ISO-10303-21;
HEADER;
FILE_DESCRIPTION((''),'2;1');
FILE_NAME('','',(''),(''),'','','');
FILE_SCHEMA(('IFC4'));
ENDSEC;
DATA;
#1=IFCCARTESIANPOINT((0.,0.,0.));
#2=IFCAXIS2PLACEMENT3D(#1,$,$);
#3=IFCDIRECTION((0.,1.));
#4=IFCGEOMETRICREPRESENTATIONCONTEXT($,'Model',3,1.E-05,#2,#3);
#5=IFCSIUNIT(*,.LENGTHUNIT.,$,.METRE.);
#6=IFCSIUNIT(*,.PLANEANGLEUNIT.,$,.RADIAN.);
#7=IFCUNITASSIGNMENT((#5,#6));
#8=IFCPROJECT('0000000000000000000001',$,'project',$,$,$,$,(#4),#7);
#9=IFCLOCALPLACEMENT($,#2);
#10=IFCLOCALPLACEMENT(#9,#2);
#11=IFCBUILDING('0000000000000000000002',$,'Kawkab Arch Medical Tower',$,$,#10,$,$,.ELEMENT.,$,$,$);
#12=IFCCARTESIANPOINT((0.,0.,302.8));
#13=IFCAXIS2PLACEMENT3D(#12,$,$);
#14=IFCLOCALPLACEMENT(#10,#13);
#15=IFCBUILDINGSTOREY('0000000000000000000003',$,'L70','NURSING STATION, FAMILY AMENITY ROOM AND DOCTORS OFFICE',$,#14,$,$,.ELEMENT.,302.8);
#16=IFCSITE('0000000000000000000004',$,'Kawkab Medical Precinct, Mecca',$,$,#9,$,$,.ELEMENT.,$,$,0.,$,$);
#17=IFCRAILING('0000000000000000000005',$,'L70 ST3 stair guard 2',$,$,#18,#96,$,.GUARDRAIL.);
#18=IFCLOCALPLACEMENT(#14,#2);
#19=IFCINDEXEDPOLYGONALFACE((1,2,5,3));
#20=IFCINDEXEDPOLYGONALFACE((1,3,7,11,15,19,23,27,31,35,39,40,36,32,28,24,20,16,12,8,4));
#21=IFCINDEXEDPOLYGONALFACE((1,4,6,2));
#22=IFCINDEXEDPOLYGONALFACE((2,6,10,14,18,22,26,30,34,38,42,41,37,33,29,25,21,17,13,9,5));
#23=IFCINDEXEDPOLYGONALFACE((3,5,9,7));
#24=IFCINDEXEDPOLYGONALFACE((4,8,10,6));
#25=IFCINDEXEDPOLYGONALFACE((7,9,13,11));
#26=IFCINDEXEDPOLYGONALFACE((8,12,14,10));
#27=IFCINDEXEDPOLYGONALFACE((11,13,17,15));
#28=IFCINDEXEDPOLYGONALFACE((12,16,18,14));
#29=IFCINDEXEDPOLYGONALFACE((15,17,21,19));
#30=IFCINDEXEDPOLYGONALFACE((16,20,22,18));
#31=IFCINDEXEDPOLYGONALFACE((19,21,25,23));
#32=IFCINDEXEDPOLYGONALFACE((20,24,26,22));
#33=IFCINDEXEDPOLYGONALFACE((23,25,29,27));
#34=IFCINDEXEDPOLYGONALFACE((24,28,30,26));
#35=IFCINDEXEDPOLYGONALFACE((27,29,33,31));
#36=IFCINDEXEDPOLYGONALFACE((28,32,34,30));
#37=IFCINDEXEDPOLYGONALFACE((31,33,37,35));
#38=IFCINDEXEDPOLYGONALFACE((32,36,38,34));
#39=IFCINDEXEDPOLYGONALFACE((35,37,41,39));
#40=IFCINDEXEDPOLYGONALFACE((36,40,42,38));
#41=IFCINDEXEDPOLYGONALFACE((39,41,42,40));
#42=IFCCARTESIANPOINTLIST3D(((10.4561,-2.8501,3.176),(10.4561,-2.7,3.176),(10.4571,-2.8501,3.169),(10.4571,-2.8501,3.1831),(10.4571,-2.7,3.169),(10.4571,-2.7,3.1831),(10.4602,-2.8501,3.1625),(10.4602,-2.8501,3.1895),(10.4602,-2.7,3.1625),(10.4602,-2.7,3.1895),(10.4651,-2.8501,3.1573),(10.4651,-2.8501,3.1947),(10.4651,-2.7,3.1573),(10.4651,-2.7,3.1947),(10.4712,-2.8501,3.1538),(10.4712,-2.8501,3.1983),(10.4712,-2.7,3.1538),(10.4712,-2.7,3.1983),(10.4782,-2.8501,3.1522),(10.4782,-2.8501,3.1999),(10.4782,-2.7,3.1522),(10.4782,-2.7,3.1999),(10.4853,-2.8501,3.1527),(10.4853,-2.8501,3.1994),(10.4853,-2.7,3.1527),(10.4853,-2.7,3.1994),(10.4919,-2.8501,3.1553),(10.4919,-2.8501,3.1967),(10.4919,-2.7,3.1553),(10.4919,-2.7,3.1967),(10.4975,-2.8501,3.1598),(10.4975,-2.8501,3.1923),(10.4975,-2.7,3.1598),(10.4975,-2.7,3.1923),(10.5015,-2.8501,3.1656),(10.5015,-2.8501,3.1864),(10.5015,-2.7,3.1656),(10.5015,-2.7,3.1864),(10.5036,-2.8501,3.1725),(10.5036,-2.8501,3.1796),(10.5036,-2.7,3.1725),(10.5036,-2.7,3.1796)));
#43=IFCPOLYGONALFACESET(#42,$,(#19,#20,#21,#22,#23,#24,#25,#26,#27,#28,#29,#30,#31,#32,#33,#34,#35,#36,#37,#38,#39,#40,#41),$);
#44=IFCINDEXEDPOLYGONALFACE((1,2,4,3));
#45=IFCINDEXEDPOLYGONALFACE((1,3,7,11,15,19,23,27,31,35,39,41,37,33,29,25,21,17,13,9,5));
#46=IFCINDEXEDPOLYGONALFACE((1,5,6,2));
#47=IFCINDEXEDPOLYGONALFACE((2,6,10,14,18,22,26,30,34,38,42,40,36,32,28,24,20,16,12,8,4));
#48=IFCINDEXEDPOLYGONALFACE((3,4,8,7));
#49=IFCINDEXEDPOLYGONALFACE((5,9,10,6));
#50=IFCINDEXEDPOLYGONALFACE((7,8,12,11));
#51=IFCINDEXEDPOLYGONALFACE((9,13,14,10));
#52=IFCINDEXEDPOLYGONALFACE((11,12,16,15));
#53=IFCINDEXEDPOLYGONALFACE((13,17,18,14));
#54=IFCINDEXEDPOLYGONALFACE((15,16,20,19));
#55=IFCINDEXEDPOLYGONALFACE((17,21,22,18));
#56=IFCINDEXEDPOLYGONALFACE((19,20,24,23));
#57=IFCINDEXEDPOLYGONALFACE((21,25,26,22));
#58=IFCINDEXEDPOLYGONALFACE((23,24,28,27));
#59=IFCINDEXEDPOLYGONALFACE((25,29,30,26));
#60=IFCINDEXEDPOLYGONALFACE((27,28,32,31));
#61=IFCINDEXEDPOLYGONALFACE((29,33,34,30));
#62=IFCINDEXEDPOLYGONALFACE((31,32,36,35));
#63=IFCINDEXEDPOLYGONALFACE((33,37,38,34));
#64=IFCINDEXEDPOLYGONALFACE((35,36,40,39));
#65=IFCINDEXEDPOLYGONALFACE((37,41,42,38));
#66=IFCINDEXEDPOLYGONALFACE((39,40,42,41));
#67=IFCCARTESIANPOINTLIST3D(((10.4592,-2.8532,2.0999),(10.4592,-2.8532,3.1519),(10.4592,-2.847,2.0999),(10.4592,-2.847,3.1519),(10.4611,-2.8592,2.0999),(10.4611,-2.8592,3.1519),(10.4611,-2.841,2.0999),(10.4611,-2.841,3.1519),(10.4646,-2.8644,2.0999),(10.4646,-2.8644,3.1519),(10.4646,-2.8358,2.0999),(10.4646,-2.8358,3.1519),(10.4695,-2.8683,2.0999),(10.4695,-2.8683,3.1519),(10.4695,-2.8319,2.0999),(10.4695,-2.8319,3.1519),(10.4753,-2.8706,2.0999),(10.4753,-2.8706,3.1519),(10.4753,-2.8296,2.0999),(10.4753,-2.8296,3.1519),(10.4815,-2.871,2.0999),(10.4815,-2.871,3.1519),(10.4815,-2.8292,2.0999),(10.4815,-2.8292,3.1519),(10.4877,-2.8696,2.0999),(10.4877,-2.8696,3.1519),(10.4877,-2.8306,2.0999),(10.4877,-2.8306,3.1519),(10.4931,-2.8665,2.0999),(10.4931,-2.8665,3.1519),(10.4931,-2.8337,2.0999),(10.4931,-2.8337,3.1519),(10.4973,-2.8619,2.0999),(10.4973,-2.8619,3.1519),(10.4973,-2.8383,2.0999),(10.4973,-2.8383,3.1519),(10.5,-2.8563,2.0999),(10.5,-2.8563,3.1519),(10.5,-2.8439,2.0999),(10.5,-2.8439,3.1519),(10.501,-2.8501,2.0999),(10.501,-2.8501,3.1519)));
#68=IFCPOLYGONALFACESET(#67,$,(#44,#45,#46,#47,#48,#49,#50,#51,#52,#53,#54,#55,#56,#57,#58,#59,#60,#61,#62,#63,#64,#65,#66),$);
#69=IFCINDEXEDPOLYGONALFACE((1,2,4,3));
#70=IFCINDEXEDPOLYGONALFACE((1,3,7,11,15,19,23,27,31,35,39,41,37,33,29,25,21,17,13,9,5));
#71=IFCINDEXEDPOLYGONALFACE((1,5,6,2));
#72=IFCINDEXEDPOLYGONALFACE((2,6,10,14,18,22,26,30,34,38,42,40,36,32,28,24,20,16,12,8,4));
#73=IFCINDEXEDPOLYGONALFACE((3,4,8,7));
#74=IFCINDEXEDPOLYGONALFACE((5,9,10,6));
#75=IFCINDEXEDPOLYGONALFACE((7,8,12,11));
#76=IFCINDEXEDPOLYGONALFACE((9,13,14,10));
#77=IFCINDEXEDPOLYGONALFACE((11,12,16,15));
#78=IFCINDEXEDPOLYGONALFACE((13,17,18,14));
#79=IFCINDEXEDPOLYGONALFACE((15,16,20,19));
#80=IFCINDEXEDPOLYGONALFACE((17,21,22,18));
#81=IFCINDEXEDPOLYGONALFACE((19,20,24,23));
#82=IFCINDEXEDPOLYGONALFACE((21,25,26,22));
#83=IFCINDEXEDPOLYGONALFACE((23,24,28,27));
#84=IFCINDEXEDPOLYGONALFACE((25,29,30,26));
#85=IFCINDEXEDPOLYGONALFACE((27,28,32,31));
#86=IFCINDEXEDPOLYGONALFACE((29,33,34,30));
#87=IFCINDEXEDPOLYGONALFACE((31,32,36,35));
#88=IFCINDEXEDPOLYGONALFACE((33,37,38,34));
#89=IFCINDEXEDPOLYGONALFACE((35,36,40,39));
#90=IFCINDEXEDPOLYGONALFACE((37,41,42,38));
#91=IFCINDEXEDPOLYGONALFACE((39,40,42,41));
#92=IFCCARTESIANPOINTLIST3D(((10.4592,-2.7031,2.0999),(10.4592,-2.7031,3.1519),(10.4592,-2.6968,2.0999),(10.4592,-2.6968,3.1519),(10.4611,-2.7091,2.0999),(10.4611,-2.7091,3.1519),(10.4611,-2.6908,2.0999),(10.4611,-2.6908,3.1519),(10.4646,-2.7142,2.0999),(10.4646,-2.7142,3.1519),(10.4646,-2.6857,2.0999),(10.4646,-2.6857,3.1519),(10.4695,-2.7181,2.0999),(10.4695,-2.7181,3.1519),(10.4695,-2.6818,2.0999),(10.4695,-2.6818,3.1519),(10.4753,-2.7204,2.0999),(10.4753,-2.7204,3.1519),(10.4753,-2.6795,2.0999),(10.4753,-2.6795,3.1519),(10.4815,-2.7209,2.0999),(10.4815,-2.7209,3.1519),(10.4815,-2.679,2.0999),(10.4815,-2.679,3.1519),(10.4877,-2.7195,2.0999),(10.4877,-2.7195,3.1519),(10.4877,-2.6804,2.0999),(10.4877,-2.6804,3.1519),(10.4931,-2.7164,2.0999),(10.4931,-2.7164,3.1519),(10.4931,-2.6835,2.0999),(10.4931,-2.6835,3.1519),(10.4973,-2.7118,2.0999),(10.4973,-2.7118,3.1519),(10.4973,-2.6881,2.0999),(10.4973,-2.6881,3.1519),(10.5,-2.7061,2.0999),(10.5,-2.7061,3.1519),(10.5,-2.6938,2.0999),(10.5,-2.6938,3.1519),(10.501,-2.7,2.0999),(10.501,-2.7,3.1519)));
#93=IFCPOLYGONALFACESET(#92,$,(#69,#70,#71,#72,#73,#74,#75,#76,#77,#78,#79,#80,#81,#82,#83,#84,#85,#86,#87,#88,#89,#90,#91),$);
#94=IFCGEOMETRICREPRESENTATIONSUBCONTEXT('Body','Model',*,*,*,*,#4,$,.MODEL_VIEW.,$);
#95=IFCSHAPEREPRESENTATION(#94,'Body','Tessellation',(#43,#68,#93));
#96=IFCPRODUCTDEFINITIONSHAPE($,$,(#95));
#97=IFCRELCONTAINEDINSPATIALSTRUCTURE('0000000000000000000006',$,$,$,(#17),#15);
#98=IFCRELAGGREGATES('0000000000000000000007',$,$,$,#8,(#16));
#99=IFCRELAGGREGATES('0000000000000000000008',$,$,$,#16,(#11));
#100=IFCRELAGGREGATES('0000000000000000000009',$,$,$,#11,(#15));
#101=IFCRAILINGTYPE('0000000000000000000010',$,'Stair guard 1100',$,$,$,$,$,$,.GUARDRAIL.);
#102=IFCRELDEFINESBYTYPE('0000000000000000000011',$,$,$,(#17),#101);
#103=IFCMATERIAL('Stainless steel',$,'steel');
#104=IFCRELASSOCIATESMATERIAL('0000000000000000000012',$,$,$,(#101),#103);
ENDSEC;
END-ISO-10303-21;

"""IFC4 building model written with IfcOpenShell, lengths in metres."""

from ifc_helpers import new_model, si_unit, direction, frame, origin, origin_2d, place, context, subcontext, project, spatial, circle, extrude, material, type_object, element, save


model = new_model("IFC4")

# Units and contexts
model_context = context("Model", 3, precision=1e-05, world=origin(), true_north=direction((0.0, 1.0)))
body_context = subcontext(model_context, "Body", "Model", "MODEL_VIEW")
ifc_project = project(units=[si_unit("LENGTHUNIT", "METRE"), si_unit("PLANEANGLEUNIT", "RADIAN")], contexts=[model_context])

# Site, building, storey
site_placement = place(None, origin())
site = spatial("IfcSite", under=ifc_project, at=site_placement, Name="Kawkab Medical Precinct, Mecca", CompositionType="ELEMENT", RefElevation=0.0)
building_placement = place(site_placement, origin())
building = spatial("IfcBuilding", under=site, at=building_placement, Name="Kawkab Arch Medical Tower", CompositionType="ELEMENT")
storey_placement = place(building_placement, frame((0.0, 0.0, 302.8)))
storey = spatial("IfcBuildingStorey", under=building, at=storey_placement, Name="L70", Description="NURSING STATION, FAMILY AMENITY ROOM AND DOCTORS OFFICE", CompositionType="ELEMENT", Elevation=302.8)

# Railing
ifc_material_1 = material(Name="Stainless steel", Category="steel")
railing_type_1 = type_object("IfcRailingType", Name="Stair guard 1100", PredefinedType="GUARDRAIL", material=ifc_material_1)
railing_1_placement = place(storey_placement, frame((10.48, -2.8501, 2.0999)))
element("IfcRailing", 1, at=railing_1_placement, inside=storey, type_object=railing_type_1, Name="L70 ST3 stair guard 2", PredefinedType="GUARDRAIL", context=body_context, shape_type="SweptSolid", body=[
    extrude(circle(Radius=0.0239, at=origin_2d()), frame((0.0, 0.0, 1.0762), z_axis=(0.0, 1.0, 0.0), x_axis=(-1.0, 0.0, 0.0)), (0.0, 0.0, 1.0), 0.1501),
    extrude(circle(Radius=0.021, at=origin_2d()), origin(), (0.0, 0.0, 1.0), 1.052),
    extrude(circle(Radius=0.021, at=origin_2d()), frame((0.0, 0.1501, 0.0)), (0.0, 0.0, 1.0), 1.052),
])

save(model, "model.ifc")
